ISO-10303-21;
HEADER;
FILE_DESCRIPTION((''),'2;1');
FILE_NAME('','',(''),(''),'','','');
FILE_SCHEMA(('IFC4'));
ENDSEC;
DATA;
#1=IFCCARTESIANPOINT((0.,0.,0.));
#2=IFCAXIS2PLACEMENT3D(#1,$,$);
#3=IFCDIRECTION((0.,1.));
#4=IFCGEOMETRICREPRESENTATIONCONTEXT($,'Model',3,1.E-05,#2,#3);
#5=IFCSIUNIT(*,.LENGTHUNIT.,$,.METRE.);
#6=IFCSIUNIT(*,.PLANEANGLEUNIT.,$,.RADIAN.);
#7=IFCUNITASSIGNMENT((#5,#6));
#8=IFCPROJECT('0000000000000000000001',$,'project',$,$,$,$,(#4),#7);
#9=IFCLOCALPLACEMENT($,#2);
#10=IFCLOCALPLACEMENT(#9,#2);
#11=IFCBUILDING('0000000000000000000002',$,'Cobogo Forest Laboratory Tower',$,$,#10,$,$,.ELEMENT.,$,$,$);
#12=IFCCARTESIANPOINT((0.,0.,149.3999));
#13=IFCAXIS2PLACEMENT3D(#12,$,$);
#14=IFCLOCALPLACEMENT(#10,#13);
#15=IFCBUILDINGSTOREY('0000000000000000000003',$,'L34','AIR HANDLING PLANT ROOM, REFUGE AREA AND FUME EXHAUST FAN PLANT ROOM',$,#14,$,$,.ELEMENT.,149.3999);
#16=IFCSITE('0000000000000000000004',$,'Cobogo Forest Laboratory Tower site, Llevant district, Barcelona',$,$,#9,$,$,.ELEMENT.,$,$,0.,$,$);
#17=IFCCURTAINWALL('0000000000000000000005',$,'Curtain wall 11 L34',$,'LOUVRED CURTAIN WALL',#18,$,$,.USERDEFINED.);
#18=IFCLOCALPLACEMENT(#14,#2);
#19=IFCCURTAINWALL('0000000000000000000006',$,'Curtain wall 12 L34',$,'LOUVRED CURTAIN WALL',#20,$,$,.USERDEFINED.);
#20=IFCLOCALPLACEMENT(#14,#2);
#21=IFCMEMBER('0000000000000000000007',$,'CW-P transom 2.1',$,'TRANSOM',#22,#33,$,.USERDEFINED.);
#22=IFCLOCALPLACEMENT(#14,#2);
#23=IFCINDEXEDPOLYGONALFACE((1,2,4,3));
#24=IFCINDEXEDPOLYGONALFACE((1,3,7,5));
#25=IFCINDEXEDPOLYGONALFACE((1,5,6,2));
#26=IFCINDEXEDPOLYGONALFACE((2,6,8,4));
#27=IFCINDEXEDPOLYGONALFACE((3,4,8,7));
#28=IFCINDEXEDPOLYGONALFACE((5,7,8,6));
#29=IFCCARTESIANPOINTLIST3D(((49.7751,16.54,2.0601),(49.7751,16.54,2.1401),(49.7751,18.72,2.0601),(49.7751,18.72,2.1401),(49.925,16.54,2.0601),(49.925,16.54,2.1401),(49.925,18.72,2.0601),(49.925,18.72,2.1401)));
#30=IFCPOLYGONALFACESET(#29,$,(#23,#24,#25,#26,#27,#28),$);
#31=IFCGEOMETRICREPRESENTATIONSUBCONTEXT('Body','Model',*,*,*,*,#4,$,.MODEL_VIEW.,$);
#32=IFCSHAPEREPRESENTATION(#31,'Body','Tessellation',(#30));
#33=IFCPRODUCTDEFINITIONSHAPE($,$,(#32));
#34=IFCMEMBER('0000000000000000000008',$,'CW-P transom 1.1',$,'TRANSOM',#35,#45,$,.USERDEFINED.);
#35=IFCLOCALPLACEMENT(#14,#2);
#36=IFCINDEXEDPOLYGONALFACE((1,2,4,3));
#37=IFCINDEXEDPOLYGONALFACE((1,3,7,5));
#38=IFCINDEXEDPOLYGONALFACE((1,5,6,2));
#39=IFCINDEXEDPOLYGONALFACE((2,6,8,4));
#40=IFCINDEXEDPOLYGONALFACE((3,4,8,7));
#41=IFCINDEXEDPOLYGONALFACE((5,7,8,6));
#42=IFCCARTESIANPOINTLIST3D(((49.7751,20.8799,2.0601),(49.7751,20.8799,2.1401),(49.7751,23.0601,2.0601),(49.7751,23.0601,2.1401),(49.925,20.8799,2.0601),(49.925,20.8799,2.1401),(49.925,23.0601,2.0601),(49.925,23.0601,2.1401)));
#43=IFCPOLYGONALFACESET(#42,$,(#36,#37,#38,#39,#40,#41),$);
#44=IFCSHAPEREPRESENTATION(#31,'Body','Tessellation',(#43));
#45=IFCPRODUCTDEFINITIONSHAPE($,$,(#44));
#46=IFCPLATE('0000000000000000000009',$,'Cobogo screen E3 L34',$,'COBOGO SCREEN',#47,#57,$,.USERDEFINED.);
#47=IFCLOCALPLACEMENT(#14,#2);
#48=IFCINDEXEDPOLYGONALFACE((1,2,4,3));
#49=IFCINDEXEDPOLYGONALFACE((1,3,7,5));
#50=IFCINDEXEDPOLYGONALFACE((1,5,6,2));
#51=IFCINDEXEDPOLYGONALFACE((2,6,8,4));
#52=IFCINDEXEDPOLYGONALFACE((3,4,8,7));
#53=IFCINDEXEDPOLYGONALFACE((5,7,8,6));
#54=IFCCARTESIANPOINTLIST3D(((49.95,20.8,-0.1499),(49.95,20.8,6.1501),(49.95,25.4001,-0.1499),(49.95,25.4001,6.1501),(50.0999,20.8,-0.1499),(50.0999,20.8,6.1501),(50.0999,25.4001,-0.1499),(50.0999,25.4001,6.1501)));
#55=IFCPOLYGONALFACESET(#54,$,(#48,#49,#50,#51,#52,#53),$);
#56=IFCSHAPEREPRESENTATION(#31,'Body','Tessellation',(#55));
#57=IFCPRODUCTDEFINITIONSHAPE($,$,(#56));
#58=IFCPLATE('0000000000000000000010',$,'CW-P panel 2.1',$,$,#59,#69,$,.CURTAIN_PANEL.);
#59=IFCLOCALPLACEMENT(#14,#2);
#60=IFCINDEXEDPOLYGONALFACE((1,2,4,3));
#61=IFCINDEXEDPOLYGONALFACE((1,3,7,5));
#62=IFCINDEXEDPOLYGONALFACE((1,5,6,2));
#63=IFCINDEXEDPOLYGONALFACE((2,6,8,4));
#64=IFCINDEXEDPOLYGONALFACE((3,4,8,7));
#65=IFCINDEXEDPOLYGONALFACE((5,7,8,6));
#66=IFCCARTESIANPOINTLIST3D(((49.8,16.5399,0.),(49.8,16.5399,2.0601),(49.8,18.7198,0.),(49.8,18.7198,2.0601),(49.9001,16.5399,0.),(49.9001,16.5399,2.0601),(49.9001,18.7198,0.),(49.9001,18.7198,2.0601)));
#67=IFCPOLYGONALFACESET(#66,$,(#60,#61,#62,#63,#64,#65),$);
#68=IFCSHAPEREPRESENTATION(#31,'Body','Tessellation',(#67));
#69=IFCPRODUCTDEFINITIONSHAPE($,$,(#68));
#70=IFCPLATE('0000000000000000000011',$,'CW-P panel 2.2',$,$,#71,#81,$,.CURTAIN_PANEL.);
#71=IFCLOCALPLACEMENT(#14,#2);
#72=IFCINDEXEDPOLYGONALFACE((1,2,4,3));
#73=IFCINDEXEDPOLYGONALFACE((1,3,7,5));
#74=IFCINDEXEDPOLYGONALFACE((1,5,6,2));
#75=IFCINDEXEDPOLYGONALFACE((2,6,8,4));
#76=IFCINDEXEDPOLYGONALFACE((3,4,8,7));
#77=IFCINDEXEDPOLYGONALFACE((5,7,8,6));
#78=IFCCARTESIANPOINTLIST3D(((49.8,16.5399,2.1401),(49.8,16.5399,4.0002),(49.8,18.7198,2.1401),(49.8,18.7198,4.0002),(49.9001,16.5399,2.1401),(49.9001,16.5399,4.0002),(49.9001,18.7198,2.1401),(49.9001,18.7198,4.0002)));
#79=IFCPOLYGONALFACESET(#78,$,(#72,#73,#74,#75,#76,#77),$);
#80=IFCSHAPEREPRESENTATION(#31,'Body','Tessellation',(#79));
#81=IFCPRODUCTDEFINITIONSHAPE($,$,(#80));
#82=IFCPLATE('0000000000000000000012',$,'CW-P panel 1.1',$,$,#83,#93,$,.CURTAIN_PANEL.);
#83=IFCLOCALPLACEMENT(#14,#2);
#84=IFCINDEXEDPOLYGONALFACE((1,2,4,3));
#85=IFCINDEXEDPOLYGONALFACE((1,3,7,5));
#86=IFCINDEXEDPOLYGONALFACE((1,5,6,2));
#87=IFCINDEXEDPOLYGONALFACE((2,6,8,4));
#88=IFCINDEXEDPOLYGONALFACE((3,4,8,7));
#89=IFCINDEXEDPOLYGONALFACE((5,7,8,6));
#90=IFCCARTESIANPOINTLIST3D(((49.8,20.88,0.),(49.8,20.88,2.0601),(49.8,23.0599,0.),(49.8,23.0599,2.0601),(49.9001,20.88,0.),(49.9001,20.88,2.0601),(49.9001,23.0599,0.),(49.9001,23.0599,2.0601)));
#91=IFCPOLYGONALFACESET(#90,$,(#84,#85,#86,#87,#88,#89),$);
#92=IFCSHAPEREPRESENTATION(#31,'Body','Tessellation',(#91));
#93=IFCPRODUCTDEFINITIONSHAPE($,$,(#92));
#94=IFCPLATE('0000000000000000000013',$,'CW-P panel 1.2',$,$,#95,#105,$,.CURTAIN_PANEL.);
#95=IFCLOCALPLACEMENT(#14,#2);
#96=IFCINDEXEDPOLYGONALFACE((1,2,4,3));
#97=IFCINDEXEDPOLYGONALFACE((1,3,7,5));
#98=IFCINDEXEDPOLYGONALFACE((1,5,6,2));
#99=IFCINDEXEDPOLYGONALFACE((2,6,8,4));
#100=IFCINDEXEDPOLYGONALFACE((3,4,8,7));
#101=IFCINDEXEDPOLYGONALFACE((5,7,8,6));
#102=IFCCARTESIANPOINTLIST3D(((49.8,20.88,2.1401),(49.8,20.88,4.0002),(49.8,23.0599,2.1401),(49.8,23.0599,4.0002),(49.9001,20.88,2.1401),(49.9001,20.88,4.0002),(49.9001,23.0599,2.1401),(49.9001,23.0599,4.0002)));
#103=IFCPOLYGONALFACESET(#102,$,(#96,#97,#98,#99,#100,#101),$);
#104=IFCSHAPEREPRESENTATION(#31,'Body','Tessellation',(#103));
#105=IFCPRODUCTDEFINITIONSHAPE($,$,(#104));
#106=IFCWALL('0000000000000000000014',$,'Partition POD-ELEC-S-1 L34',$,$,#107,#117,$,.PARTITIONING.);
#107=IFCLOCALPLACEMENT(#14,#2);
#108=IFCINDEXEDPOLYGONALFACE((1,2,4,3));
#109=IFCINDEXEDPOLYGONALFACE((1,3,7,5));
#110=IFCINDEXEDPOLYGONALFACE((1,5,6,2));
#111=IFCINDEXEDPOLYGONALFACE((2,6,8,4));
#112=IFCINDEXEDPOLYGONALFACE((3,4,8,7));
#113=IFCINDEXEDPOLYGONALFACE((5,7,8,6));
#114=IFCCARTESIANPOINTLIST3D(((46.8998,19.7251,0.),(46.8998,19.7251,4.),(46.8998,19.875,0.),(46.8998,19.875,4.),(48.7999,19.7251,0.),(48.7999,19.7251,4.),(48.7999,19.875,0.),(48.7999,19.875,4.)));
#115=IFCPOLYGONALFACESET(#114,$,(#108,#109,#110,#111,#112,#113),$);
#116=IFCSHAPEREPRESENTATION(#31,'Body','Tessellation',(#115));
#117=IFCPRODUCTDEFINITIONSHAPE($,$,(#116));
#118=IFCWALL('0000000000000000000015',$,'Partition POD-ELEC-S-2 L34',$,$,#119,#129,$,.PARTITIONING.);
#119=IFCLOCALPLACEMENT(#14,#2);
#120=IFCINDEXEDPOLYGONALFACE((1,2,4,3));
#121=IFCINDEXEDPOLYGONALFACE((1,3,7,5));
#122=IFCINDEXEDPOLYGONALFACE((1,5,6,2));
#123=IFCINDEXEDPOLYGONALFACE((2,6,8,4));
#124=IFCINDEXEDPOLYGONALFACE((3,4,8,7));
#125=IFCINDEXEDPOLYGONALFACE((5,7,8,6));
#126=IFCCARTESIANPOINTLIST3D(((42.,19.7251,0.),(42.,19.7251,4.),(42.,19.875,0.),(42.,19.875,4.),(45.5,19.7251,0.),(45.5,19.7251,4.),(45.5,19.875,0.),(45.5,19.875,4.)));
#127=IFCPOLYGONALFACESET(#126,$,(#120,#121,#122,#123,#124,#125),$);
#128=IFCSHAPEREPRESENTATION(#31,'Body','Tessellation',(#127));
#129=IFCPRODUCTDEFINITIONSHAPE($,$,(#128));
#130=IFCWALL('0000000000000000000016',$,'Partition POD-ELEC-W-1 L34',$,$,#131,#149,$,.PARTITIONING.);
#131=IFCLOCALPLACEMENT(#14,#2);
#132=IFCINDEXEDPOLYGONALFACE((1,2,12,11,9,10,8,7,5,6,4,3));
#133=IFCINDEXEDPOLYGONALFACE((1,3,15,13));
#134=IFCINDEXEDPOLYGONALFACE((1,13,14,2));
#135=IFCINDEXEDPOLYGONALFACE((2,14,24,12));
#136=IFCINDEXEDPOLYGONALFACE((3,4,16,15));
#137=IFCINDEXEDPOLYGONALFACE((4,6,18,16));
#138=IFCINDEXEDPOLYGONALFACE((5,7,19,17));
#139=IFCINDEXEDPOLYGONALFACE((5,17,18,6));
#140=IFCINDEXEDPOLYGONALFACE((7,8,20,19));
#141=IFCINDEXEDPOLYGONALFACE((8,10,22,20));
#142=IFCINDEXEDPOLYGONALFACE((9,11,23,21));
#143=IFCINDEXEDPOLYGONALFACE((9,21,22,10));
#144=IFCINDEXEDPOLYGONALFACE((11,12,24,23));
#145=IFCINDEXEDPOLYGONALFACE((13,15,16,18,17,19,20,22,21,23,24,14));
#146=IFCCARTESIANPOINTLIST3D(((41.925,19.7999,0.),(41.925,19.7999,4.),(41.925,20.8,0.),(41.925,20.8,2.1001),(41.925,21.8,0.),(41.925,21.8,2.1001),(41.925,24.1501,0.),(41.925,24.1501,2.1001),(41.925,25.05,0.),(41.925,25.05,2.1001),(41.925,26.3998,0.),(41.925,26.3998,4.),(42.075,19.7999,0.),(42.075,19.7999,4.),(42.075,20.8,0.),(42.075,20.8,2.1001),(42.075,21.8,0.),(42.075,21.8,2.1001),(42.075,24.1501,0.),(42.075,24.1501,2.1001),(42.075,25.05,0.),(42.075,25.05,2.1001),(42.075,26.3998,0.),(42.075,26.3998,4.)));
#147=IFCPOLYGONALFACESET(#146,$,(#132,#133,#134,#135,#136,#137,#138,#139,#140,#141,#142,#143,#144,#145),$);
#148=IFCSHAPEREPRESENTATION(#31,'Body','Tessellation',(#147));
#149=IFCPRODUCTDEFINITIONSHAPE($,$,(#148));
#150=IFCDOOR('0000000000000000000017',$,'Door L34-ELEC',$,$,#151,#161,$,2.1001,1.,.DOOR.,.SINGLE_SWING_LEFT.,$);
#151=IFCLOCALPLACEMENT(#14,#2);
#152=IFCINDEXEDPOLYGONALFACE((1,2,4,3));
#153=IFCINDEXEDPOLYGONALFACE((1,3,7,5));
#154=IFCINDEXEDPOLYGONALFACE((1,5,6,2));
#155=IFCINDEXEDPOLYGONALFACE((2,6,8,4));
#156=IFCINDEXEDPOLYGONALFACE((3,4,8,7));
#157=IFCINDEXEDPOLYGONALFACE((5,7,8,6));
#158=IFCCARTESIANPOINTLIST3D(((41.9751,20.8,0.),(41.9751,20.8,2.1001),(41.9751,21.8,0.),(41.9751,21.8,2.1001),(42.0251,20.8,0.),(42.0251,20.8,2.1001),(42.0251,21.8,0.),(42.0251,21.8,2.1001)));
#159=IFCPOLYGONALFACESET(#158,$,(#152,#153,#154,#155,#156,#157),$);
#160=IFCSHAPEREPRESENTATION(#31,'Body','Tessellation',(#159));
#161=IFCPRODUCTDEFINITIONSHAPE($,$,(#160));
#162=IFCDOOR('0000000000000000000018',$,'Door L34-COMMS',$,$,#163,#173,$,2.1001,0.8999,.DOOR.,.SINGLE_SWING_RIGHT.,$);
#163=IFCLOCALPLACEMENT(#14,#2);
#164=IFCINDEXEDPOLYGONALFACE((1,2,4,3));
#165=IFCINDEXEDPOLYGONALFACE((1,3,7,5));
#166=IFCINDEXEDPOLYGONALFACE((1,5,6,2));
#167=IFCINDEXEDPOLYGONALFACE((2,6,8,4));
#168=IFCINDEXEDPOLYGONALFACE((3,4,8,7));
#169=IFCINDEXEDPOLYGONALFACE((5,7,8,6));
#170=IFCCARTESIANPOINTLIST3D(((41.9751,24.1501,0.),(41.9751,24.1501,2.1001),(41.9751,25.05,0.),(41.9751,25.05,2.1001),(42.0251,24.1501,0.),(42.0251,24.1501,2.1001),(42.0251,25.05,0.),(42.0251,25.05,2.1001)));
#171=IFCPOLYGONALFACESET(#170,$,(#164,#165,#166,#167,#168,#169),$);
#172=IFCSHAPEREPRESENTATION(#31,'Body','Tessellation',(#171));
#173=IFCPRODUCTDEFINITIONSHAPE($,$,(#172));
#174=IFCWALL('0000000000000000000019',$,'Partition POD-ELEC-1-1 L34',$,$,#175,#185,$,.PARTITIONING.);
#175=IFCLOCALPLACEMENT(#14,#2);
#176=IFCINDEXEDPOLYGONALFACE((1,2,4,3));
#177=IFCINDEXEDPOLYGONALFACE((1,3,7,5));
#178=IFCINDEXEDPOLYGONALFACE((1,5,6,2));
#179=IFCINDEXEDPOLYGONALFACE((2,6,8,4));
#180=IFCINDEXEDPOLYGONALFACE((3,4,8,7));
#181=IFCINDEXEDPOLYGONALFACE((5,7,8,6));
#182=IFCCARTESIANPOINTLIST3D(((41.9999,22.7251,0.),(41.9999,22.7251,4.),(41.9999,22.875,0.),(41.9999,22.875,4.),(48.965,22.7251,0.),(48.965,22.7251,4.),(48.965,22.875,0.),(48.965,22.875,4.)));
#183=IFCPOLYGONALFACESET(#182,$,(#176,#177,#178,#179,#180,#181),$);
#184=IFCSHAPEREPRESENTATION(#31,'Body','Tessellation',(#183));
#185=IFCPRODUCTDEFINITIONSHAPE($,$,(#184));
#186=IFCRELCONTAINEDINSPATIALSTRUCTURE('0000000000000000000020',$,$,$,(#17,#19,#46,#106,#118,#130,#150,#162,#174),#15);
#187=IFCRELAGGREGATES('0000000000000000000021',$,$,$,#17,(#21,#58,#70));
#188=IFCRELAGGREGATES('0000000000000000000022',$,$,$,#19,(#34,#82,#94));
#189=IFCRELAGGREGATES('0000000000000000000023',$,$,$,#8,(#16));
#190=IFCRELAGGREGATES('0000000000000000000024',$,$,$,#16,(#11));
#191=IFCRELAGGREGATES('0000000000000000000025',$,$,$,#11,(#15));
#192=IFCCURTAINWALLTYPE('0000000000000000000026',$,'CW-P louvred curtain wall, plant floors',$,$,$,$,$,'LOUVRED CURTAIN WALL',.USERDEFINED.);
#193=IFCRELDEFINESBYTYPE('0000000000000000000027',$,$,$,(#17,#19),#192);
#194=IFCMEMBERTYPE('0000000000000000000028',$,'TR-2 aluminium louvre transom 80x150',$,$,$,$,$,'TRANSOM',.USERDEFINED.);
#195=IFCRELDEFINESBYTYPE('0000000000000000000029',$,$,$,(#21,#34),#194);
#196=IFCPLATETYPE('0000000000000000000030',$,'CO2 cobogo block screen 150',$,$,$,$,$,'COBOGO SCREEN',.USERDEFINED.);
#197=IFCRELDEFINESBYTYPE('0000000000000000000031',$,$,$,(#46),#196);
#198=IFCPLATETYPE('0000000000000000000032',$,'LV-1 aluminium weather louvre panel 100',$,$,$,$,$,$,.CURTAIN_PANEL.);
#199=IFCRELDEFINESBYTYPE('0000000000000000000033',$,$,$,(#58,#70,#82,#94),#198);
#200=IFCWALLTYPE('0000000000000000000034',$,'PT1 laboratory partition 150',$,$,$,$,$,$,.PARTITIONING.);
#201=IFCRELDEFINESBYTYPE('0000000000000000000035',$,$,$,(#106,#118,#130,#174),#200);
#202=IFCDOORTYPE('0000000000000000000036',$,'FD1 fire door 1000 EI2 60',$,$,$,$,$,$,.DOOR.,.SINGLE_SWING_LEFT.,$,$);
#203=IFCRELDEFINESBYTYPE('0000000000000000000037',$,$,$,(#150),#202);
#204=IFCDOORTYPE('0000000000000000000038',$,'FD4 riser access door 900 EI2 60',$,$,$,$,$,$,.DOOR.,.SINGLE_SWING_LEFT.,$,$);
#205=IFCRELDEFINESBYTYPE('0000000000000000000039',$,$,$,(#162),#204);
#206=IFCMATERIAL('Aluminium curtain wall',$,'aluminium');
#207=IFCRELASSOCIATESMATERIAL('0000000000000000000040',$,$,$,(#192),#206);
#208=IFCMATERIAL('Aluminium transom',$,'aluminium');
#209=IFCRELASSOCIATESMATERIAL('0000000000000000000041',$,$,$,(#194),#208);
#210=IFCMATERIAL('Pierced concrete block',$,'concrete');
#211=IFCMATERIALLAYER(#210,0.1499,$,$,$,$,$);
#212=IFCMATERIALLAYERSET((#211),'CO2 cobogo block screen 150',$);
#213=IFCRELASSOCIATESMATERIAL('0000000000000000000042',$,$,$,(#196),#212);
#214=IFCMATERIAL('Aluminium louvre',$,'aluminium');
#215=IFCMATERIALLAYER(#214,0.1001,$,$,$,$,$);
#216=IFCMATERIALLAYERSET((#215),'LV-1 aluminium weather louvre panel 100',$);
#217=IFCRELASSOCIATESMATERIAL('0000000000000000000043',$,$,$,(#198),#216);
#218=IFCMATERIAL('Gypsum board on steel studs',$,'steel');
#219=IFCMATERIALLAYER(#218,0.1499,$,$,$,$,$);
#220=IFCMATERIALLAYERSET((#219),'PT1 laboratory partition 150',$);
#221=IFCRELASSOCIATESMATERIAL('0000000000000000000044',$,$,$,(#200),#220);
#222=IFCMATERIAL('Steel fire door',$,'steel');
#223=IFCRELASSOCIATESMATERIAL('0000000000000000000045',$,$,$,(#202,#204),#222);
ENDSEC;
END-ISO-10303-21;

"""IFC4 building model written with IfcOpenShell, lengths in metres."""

from ifc_helpers import new_model, si_unit, direction, frame, frame_2d, origin, origin_2d, place, context, subcontext, project, spatial, rectangle, extrude, material, layer, layer_set, material_profile, profile_set, type_object, element, fill, aggregate, save


model = new_model("IFC4")

# Units and contexts
model_context = context("Model", 3, precision=1e-05, world=origin(), true_north=direction((0.0, 1.0)))
body_context = subcontext(model_context, "Body", "Model", "MODEL_VIEW")
ifc_project = project(units=[si_unit("LENGTHUNIT", "METRE"), si_unit("PLANEANGLEUNIT", "RADIAN")], contexts=[model_context])

# Site, building, storey
site_placement = place(None, origin())
site = spatial("IfcSite", under=ifc_project, at=site_placement, Name="Cobogo Forest Laboratory Tower site, Llevant district, Barcelona", CompositionType="ELEMENT", RefElevation=0.0)
building_placement = place(site_placement, origin())
building = spatial("IfcBuilding", under=site, at=building_placement, Name="Cobogo Forest Laboratory Tower", CompositionType="ELEMENT")
storey_placement = place(building_placement, frame((0.0, 0.0, 149.3999)))
storey = spatial("IfcBuildingStorey", under=building, at=storey_placement, Name="L34", Description="AIR HANDLING PLANT ROOM, REFUGE AREA AND FUME EXHAUST FAN PLANT ROOM", CompositionType="ELEMENT", Elevation=149.3999)

# Curtain wall
ifc_material_1 = material(Name="Aluminium curtain wall", Category="aluminium")
curtain_wall_type = type_object("IfcCurtainWallType", Name="CW-P louvred curtain wall, plant floors", ElementType="LOUVRED CURTAIN WALL", PredefinedType="USERDEFINED", material=ifc_material_1)
curtain_wall_1_placement = place(storey_placement, origin())
curtain_wall_1 = element("IfcCurtainWall", 1, at=curtain_wall_1_placement, inside=storey, type_object=curtain_wall_type, Name="Curtain wall 11 L34", ObjectType="LOUVRED CURTAIN WALL", PredefinedType="USERDEFINED")

# Curtain wall
curtain_wall_2_placement = place(storey_placement, origin())
curtain_wall_2 = element("IfcCurtainWall", 2, at=curtain_wall_2_placement, inside=storey, type_object=curtain_wall_type, Name="Curtain wall 12 L34", ObjectType="LOUVRED CURTAIN WALL", PredefinedType="USERDEFINED")

# Members
ifc_material_2 = material(Name="Aluminium transom", Category="aluminium")
ifc_material_profile_1 = material_profile(ifc_material_2, rectangle(XDim=0.1499, YDim=0.0801, at=origin_2d()), Name="AL 80x150")
ifc_profile_set_1 = profile_set([ifc_material_profile_1], Name="Aluminium transom")
member_type_1 = type_object("IfcMemberType", Name="TR-2 aluminium louvre transom 80x150", ElementType="TRANSOM", PredefinedType="USERDEFINED", material=ifc_profile_set_1)
member_1_placement = place(storey_placement, frame((49.8501, 16.54, 2.1001), z_axis=(0.0, 1.0, 0.0), x_axis=(-1.0, 0.0, 0.0)))
member_1 = element("IfcMember", 3, at=member_1_placement, type_object=member_type_1, Name="CW-P transom 2.1", ObjectType="TRANSOM", PredefinedType="USERDEFINED", context=body_context, shape_type="SweptSolid", body=[
    extrude(rectangle(XDim=0.1499, YDim=0.0801, at=origin_2d()), origin(), (0.0, 0.0, 1.0), 2.1799),
])
member_2_placement = place(storey_placement, frame((49.8501, 20.8799, 2.1001), z_axis=(0.0, 1.0, 0.0), x_axis=(-1.0, 0.0, 0.0)))
member_2 = element("IfcMember", 4, at=member_2_placement, type_object=member_type_1, Name="CW-P transom 1.1", ObjectType="TRANSOM", PredefinedType="USERDEFINED", context=body_context, shape_type="SweptSolid", body=[
    extrude(rectangle(XDim=0.1499, YDim=0.0801, at=origin_2d()), origin(), (0.0, 0.0, 1.0), 2.1802),
])

# Plates
ifc_material_3 = material(Name="Pierced concrete block", Category="concrete")
ifc_layer_1 = layer(ifc_material_3, 0.1499)
ifc_layer_set_1 = layer_set([ifc_layer_1], Name="CO2 cobogo block screen 150")
plate_type_1 = type_object("IfcPlateType", Name="CO2 cobogo block screen 150", ElementType="COBOGO SCREEN", PredefinedType="USERDEFINED", material=ifc_layer_set_1)
plate_1_placement = place(storey_placement, frame((50.0249, 23.1001, -0.1499), z_axis=(0.0, 0.0, 1.0), x_axis=(0.0, 1.0, 0.0)))
element("IfcPlate", 5, at=plate_1_placement, inside=storey, type_object=plate_type_1, Name="Cobogo screen E3 L34", ObjectType="COBOGO SCREEN", PredefinedType="USERDEFINED", context=body_context, shape_type="SweptSolid", body=[
    extrude(rectangle(XDim=4.6001, YDim=0.1499, at=origin_2d()), origin(), (0.0, 0.0, 1.0), 6.3),
])
ifc_material_4 = material(Name="Aluminium louvre", Category="aluminium")
ifc_layer_2 = layer(ifc_material_4, 0.1001)
ifc_layer_set_2 = layer_set([ifc_layer_2], Name="LV-1 aluminium weather louvre panel 100")
plate_type_2 = type_object("IfcPlateType", Name="LV-1 aluminium weather louvre panel 100", PredefinedType="CURTAIN_PANEL", material=ifc_layer_set_2)
plate_2_placement = place(storey_placement, frame((49.8501, 17.6299, 0.0), z_axis=(0.0, 0.0, 1.0), x_axis=(0.0, 1.0, 0.0)))
plate_2 = element("IfcPlate", 6, at=plate_2_placement, type_object=plate_type_2, Name="CW-P panel 2.1", PredefinedType="CURTAIN_PANEL", context=body_context, shape_type="SweptSolid", body=[
    extrude(rectangle(XDim=2.1799, YDim=0.1001, at=origin_2d()), origin(), (0.0, 0.0, 1.0), 2.0601),
])
plate_3_placement = place(storey_placement, frame((49.8501, 17.6299, 2.1401), z_axis=(0.0, 0.0, 1.0), x_axis=(0.0, 1.0, 0.0)))
plate_3 = element("IfcPlate", 7, at=plate_3_placement, type_object=plate_type_2, Name="CW-P panel 2.2", PredefinedType="CURTAIN_PANEL", context=body_context, shape_type="SweptSolid", body=[
    extrude(rectangle(XDim=2.1799, YDim=0.1001, at=origin_2d()), origin(), (0.0, 0.0, 1.0), 1.8601),
])
aggregate(curtain_wall_1, [member_1, plate_2, plate_3])
plate_4_placement = place(storey_placement, frame((49.8501, 21.97, 0.0), z_axis=(0.0, 0.0, 1.0), x_axis=(0.0, 1.0, 0.0)))
plate_4 = element("IfcPlate", 8, at=plate_4_placement, type_object=plate_type_2, Name="CW-P panel 1.1", PredefinedType="CURTAIN_PANEL", context=body_context, shape_type="SweptSolid", body=[
    extrude(rectangle(XDim=2.1799, YDim=0.1001, at=origin_2d()), origin(), (0.0, 0.0, 1.0), 2.0601),
])
plate_5_placement = place(storey_placement, frame((49.8501, 21.97, 2.1401), z_axis=(0.0, 0.0, 1.0), x_axis=(0.0, 1.0, 0.0)))
plate_5 = element("IfcPlate", 9, at=plate_5_placement, type_object=plate_type_2, Name="CW-P panel 1.2", PredefinedType="CURTAIN_PANEL", context=body_context, shape_type="SweptSolid", body=[
    extrude(rectangle(XDim=2.1799, YDim=0.1001, at=origin_2d()), origin(), (0.0, 0.0, 1.0), 1.8601),
])
aggregate(curtain_wall_2, [member_2, plate_4, plate_5])

# Walls
ifc_material_5 = material(Name="Gypsum board on steel studs", Category="steel")
ifc_layer_3 = layer(ifc_material_5, 0.1499)
ifc_layer_set_3 = layer_set([ifc_layer_3], Name="PT1 laboratory partition 150")
wall_type = type_object("IfcWallType", Name="PT1 laboratory partition 150", PredefinedType="PARTITIONING", material=ifc_layer_set_3)
wall_1_placement = place(storey_placement, frame((48.8, 19.8, 0.0), z_axis=(0.0, 0.0, 1.0), x_axis=(-1.0, 0.0, 0.0)))
element("IfcWall", 10, at=wall_1_placement, inside=storey, type_object=wall_type, Name="Partition POD-ELEC-S-1 L34", PredefinedType="PARTITIONING", context=body_context, shape_type="SweptSolid", body=[
    extrude(rectangle(XDim=1.9001, YDim=0.1499, at=frame_2d((0.9502, 0.0))), origin(), (0.0, 0.0, 1.0), 4.0),
])
wall_2_placement = place(storey_placement, frame((45.5, 19.8, 0.0), z_axis=(0.0, 0.0, 1.0), x_axis=(-1.0, 0.0, 0.0)))
element("IfcWall", 11, at=wall_2_placement, inside=storey, type_object=wall_type, Name="Partition POD-ELEC-S-2 L34", PredefinedType="PARTITIONING", context=body_context, shape_type="SweptSolid", body=[
    extrude(rectangle(XDim=3.5, YDim=0.1499, at=frame_2d((1.75, 0.0))), origin(), (0.0, 0.0, 1.0), 4.0),
])

# Wall, openings, doors
wall_3_placement = place(storey_placement, frame((42.0, 19.8, 0.0), z_axis=(0.0, 0.0, 1.0), x_axis=(0.0, 1.0, 0.0)))
wall_3 = element("IfcWall", 12, at=wall_3_placement, inside=storey, type_object=wall_type, Name="Partition POD-ELEC-W-1 L34", PredefinedType="PARTITIONING", context=body_context, shape_type="SweptSolid", body=[
    extrude(rectangle(XDim=6.5999, YDim=0.1499, at=frame_2d((3.2998, 0.0))), origin(), (0.0, 0.0, 1.0), 4.0),
])
opening_1_placement = place(wall_3_placement, frame((1.0, 0.0, 0.0)))
opening_1 = element("IfcOpeningElement", 13, at=opening_1_placement, cuts=wall_3, PredefinedType="OPENING", context=body_context, shape_type="SweptSolid", body=[
    extrude(rectangle(XDim=1.0, YDim=2.1001, at=frame_2d((0.5, 1.05))), frame((0.0, 0.085, 0.0), z_axis=(0.0, -1.0, 0.0), x_axis=(1.0, 0.0, 0.0)), (0.0, 0.0, 1.0), 0.1699),
])
opening_2_placement = place(wall_3_placement, frame((4.3501, 0.0, 0.0)))
opening_2 = element("IfcOpeningElement", 14, at=opening_2_placement, cuts=wall_3, PredefinedType="OPENING", context=body_context, shape_type="SweptSolid", body=[
    extrude(rectangle(XDim=0.8999, YDim=2.1001, at=frame_2d((0.45, 1.05))), frame((0.0, 0.085, 0.0), z_axis=(0.0, -1.0, 0.0), x_axis=(1.0, 0.0, 0.0)), (0.0, 0.0, 1.0), 0.1699),
])
ifc_material_6 = material(Name="Steel fire door", Category="steel")
door_type_1 = type_object("IfcDoorType", Name="FD1 fire door 1000 EI2 60", OperationType="SINGLE_SWING_LEFT", PredefinedType="DOOR", material=ifc_material_6)
door_1_placement = place(opening_1_placement, origin())
door_1 = element("IfcDoor", 15, at=door_1_placement, inside=storey, type_object=door_type_1, Name="Door L34-ELEC", OperationType="SINGLE_SWING_LEFT", OverallHeight=2.1001, OverallWidth=1.0, PredefinedType="DOOR", context=body_context, shape_type="SweptSolid", body=[
    extrude(rectangle(XDim=1.0, YDim=2.1001, at=frame_2d((0.5, 1.05))), frame((0.0, 0.0249, 0.0), z_axis=(0.0, -1.0, 0.0), x_axis=(1.0, 0.0, 0.0)), (0.0, 0.0, 1.0), 0.05),
])
fill(opening_1, door_1)
door_type_2 = type_object("IfcDoorType", Name="FD4 riser access door 900 EI2 60", OperationType="SINGLE_SWING_LEFT", PredefinedType="DOOR", material=ifc_material_6)
door_2_placement = place(opening_2_placement, origin())
door_2 = element("IfcDoor", 16, at=door_2_placement, inside=storey, type_object=door_type_2, Name="Door L34-COMMS", OperationType="SINGLE_SWING_RIGHT", OverallHeight=2.1001, OverallWidth=0.8999, PredefinedType="DOOR", context=body_context, shape_type="SweptSolid", body=[
    extrude(rectangle(XDim=0.8999, YDim=2.1001, at=frame_2d((0.45, 1.05))), frame((0.0, 0.0249, 0.0), z_axis=(0.0, -1.0, 0.0), x_axis=(1.0, 0.0, 0.0)), (0.0, 0.0, 1.0), 0.05),
])
fill(opening_2, door_2)

# Wall
wall_4_placement = place(storey_placement, frame((42.0, 22.8, 0.0), z_axis=(0.0, 0.0, 1.0), x_axis=(1.0, 0.0, 0.0)))
element("IfcWall", 17, at=wall_4_placement, inside=storey, type_object=wall_type, Name="Partition POD-ELEC-1-1 L34", PredefinedType="PARTITIONING", context=body_context, shape_type="SweptSolid", body=[
    extrude(rectangle(XDim=6.9651, YDim=0.1499, at=frame_2d((3.4824, 0.0))), origin(), (0.0, 0.0, 1.0), 4.0),
])

save(model, "model.ifc")
